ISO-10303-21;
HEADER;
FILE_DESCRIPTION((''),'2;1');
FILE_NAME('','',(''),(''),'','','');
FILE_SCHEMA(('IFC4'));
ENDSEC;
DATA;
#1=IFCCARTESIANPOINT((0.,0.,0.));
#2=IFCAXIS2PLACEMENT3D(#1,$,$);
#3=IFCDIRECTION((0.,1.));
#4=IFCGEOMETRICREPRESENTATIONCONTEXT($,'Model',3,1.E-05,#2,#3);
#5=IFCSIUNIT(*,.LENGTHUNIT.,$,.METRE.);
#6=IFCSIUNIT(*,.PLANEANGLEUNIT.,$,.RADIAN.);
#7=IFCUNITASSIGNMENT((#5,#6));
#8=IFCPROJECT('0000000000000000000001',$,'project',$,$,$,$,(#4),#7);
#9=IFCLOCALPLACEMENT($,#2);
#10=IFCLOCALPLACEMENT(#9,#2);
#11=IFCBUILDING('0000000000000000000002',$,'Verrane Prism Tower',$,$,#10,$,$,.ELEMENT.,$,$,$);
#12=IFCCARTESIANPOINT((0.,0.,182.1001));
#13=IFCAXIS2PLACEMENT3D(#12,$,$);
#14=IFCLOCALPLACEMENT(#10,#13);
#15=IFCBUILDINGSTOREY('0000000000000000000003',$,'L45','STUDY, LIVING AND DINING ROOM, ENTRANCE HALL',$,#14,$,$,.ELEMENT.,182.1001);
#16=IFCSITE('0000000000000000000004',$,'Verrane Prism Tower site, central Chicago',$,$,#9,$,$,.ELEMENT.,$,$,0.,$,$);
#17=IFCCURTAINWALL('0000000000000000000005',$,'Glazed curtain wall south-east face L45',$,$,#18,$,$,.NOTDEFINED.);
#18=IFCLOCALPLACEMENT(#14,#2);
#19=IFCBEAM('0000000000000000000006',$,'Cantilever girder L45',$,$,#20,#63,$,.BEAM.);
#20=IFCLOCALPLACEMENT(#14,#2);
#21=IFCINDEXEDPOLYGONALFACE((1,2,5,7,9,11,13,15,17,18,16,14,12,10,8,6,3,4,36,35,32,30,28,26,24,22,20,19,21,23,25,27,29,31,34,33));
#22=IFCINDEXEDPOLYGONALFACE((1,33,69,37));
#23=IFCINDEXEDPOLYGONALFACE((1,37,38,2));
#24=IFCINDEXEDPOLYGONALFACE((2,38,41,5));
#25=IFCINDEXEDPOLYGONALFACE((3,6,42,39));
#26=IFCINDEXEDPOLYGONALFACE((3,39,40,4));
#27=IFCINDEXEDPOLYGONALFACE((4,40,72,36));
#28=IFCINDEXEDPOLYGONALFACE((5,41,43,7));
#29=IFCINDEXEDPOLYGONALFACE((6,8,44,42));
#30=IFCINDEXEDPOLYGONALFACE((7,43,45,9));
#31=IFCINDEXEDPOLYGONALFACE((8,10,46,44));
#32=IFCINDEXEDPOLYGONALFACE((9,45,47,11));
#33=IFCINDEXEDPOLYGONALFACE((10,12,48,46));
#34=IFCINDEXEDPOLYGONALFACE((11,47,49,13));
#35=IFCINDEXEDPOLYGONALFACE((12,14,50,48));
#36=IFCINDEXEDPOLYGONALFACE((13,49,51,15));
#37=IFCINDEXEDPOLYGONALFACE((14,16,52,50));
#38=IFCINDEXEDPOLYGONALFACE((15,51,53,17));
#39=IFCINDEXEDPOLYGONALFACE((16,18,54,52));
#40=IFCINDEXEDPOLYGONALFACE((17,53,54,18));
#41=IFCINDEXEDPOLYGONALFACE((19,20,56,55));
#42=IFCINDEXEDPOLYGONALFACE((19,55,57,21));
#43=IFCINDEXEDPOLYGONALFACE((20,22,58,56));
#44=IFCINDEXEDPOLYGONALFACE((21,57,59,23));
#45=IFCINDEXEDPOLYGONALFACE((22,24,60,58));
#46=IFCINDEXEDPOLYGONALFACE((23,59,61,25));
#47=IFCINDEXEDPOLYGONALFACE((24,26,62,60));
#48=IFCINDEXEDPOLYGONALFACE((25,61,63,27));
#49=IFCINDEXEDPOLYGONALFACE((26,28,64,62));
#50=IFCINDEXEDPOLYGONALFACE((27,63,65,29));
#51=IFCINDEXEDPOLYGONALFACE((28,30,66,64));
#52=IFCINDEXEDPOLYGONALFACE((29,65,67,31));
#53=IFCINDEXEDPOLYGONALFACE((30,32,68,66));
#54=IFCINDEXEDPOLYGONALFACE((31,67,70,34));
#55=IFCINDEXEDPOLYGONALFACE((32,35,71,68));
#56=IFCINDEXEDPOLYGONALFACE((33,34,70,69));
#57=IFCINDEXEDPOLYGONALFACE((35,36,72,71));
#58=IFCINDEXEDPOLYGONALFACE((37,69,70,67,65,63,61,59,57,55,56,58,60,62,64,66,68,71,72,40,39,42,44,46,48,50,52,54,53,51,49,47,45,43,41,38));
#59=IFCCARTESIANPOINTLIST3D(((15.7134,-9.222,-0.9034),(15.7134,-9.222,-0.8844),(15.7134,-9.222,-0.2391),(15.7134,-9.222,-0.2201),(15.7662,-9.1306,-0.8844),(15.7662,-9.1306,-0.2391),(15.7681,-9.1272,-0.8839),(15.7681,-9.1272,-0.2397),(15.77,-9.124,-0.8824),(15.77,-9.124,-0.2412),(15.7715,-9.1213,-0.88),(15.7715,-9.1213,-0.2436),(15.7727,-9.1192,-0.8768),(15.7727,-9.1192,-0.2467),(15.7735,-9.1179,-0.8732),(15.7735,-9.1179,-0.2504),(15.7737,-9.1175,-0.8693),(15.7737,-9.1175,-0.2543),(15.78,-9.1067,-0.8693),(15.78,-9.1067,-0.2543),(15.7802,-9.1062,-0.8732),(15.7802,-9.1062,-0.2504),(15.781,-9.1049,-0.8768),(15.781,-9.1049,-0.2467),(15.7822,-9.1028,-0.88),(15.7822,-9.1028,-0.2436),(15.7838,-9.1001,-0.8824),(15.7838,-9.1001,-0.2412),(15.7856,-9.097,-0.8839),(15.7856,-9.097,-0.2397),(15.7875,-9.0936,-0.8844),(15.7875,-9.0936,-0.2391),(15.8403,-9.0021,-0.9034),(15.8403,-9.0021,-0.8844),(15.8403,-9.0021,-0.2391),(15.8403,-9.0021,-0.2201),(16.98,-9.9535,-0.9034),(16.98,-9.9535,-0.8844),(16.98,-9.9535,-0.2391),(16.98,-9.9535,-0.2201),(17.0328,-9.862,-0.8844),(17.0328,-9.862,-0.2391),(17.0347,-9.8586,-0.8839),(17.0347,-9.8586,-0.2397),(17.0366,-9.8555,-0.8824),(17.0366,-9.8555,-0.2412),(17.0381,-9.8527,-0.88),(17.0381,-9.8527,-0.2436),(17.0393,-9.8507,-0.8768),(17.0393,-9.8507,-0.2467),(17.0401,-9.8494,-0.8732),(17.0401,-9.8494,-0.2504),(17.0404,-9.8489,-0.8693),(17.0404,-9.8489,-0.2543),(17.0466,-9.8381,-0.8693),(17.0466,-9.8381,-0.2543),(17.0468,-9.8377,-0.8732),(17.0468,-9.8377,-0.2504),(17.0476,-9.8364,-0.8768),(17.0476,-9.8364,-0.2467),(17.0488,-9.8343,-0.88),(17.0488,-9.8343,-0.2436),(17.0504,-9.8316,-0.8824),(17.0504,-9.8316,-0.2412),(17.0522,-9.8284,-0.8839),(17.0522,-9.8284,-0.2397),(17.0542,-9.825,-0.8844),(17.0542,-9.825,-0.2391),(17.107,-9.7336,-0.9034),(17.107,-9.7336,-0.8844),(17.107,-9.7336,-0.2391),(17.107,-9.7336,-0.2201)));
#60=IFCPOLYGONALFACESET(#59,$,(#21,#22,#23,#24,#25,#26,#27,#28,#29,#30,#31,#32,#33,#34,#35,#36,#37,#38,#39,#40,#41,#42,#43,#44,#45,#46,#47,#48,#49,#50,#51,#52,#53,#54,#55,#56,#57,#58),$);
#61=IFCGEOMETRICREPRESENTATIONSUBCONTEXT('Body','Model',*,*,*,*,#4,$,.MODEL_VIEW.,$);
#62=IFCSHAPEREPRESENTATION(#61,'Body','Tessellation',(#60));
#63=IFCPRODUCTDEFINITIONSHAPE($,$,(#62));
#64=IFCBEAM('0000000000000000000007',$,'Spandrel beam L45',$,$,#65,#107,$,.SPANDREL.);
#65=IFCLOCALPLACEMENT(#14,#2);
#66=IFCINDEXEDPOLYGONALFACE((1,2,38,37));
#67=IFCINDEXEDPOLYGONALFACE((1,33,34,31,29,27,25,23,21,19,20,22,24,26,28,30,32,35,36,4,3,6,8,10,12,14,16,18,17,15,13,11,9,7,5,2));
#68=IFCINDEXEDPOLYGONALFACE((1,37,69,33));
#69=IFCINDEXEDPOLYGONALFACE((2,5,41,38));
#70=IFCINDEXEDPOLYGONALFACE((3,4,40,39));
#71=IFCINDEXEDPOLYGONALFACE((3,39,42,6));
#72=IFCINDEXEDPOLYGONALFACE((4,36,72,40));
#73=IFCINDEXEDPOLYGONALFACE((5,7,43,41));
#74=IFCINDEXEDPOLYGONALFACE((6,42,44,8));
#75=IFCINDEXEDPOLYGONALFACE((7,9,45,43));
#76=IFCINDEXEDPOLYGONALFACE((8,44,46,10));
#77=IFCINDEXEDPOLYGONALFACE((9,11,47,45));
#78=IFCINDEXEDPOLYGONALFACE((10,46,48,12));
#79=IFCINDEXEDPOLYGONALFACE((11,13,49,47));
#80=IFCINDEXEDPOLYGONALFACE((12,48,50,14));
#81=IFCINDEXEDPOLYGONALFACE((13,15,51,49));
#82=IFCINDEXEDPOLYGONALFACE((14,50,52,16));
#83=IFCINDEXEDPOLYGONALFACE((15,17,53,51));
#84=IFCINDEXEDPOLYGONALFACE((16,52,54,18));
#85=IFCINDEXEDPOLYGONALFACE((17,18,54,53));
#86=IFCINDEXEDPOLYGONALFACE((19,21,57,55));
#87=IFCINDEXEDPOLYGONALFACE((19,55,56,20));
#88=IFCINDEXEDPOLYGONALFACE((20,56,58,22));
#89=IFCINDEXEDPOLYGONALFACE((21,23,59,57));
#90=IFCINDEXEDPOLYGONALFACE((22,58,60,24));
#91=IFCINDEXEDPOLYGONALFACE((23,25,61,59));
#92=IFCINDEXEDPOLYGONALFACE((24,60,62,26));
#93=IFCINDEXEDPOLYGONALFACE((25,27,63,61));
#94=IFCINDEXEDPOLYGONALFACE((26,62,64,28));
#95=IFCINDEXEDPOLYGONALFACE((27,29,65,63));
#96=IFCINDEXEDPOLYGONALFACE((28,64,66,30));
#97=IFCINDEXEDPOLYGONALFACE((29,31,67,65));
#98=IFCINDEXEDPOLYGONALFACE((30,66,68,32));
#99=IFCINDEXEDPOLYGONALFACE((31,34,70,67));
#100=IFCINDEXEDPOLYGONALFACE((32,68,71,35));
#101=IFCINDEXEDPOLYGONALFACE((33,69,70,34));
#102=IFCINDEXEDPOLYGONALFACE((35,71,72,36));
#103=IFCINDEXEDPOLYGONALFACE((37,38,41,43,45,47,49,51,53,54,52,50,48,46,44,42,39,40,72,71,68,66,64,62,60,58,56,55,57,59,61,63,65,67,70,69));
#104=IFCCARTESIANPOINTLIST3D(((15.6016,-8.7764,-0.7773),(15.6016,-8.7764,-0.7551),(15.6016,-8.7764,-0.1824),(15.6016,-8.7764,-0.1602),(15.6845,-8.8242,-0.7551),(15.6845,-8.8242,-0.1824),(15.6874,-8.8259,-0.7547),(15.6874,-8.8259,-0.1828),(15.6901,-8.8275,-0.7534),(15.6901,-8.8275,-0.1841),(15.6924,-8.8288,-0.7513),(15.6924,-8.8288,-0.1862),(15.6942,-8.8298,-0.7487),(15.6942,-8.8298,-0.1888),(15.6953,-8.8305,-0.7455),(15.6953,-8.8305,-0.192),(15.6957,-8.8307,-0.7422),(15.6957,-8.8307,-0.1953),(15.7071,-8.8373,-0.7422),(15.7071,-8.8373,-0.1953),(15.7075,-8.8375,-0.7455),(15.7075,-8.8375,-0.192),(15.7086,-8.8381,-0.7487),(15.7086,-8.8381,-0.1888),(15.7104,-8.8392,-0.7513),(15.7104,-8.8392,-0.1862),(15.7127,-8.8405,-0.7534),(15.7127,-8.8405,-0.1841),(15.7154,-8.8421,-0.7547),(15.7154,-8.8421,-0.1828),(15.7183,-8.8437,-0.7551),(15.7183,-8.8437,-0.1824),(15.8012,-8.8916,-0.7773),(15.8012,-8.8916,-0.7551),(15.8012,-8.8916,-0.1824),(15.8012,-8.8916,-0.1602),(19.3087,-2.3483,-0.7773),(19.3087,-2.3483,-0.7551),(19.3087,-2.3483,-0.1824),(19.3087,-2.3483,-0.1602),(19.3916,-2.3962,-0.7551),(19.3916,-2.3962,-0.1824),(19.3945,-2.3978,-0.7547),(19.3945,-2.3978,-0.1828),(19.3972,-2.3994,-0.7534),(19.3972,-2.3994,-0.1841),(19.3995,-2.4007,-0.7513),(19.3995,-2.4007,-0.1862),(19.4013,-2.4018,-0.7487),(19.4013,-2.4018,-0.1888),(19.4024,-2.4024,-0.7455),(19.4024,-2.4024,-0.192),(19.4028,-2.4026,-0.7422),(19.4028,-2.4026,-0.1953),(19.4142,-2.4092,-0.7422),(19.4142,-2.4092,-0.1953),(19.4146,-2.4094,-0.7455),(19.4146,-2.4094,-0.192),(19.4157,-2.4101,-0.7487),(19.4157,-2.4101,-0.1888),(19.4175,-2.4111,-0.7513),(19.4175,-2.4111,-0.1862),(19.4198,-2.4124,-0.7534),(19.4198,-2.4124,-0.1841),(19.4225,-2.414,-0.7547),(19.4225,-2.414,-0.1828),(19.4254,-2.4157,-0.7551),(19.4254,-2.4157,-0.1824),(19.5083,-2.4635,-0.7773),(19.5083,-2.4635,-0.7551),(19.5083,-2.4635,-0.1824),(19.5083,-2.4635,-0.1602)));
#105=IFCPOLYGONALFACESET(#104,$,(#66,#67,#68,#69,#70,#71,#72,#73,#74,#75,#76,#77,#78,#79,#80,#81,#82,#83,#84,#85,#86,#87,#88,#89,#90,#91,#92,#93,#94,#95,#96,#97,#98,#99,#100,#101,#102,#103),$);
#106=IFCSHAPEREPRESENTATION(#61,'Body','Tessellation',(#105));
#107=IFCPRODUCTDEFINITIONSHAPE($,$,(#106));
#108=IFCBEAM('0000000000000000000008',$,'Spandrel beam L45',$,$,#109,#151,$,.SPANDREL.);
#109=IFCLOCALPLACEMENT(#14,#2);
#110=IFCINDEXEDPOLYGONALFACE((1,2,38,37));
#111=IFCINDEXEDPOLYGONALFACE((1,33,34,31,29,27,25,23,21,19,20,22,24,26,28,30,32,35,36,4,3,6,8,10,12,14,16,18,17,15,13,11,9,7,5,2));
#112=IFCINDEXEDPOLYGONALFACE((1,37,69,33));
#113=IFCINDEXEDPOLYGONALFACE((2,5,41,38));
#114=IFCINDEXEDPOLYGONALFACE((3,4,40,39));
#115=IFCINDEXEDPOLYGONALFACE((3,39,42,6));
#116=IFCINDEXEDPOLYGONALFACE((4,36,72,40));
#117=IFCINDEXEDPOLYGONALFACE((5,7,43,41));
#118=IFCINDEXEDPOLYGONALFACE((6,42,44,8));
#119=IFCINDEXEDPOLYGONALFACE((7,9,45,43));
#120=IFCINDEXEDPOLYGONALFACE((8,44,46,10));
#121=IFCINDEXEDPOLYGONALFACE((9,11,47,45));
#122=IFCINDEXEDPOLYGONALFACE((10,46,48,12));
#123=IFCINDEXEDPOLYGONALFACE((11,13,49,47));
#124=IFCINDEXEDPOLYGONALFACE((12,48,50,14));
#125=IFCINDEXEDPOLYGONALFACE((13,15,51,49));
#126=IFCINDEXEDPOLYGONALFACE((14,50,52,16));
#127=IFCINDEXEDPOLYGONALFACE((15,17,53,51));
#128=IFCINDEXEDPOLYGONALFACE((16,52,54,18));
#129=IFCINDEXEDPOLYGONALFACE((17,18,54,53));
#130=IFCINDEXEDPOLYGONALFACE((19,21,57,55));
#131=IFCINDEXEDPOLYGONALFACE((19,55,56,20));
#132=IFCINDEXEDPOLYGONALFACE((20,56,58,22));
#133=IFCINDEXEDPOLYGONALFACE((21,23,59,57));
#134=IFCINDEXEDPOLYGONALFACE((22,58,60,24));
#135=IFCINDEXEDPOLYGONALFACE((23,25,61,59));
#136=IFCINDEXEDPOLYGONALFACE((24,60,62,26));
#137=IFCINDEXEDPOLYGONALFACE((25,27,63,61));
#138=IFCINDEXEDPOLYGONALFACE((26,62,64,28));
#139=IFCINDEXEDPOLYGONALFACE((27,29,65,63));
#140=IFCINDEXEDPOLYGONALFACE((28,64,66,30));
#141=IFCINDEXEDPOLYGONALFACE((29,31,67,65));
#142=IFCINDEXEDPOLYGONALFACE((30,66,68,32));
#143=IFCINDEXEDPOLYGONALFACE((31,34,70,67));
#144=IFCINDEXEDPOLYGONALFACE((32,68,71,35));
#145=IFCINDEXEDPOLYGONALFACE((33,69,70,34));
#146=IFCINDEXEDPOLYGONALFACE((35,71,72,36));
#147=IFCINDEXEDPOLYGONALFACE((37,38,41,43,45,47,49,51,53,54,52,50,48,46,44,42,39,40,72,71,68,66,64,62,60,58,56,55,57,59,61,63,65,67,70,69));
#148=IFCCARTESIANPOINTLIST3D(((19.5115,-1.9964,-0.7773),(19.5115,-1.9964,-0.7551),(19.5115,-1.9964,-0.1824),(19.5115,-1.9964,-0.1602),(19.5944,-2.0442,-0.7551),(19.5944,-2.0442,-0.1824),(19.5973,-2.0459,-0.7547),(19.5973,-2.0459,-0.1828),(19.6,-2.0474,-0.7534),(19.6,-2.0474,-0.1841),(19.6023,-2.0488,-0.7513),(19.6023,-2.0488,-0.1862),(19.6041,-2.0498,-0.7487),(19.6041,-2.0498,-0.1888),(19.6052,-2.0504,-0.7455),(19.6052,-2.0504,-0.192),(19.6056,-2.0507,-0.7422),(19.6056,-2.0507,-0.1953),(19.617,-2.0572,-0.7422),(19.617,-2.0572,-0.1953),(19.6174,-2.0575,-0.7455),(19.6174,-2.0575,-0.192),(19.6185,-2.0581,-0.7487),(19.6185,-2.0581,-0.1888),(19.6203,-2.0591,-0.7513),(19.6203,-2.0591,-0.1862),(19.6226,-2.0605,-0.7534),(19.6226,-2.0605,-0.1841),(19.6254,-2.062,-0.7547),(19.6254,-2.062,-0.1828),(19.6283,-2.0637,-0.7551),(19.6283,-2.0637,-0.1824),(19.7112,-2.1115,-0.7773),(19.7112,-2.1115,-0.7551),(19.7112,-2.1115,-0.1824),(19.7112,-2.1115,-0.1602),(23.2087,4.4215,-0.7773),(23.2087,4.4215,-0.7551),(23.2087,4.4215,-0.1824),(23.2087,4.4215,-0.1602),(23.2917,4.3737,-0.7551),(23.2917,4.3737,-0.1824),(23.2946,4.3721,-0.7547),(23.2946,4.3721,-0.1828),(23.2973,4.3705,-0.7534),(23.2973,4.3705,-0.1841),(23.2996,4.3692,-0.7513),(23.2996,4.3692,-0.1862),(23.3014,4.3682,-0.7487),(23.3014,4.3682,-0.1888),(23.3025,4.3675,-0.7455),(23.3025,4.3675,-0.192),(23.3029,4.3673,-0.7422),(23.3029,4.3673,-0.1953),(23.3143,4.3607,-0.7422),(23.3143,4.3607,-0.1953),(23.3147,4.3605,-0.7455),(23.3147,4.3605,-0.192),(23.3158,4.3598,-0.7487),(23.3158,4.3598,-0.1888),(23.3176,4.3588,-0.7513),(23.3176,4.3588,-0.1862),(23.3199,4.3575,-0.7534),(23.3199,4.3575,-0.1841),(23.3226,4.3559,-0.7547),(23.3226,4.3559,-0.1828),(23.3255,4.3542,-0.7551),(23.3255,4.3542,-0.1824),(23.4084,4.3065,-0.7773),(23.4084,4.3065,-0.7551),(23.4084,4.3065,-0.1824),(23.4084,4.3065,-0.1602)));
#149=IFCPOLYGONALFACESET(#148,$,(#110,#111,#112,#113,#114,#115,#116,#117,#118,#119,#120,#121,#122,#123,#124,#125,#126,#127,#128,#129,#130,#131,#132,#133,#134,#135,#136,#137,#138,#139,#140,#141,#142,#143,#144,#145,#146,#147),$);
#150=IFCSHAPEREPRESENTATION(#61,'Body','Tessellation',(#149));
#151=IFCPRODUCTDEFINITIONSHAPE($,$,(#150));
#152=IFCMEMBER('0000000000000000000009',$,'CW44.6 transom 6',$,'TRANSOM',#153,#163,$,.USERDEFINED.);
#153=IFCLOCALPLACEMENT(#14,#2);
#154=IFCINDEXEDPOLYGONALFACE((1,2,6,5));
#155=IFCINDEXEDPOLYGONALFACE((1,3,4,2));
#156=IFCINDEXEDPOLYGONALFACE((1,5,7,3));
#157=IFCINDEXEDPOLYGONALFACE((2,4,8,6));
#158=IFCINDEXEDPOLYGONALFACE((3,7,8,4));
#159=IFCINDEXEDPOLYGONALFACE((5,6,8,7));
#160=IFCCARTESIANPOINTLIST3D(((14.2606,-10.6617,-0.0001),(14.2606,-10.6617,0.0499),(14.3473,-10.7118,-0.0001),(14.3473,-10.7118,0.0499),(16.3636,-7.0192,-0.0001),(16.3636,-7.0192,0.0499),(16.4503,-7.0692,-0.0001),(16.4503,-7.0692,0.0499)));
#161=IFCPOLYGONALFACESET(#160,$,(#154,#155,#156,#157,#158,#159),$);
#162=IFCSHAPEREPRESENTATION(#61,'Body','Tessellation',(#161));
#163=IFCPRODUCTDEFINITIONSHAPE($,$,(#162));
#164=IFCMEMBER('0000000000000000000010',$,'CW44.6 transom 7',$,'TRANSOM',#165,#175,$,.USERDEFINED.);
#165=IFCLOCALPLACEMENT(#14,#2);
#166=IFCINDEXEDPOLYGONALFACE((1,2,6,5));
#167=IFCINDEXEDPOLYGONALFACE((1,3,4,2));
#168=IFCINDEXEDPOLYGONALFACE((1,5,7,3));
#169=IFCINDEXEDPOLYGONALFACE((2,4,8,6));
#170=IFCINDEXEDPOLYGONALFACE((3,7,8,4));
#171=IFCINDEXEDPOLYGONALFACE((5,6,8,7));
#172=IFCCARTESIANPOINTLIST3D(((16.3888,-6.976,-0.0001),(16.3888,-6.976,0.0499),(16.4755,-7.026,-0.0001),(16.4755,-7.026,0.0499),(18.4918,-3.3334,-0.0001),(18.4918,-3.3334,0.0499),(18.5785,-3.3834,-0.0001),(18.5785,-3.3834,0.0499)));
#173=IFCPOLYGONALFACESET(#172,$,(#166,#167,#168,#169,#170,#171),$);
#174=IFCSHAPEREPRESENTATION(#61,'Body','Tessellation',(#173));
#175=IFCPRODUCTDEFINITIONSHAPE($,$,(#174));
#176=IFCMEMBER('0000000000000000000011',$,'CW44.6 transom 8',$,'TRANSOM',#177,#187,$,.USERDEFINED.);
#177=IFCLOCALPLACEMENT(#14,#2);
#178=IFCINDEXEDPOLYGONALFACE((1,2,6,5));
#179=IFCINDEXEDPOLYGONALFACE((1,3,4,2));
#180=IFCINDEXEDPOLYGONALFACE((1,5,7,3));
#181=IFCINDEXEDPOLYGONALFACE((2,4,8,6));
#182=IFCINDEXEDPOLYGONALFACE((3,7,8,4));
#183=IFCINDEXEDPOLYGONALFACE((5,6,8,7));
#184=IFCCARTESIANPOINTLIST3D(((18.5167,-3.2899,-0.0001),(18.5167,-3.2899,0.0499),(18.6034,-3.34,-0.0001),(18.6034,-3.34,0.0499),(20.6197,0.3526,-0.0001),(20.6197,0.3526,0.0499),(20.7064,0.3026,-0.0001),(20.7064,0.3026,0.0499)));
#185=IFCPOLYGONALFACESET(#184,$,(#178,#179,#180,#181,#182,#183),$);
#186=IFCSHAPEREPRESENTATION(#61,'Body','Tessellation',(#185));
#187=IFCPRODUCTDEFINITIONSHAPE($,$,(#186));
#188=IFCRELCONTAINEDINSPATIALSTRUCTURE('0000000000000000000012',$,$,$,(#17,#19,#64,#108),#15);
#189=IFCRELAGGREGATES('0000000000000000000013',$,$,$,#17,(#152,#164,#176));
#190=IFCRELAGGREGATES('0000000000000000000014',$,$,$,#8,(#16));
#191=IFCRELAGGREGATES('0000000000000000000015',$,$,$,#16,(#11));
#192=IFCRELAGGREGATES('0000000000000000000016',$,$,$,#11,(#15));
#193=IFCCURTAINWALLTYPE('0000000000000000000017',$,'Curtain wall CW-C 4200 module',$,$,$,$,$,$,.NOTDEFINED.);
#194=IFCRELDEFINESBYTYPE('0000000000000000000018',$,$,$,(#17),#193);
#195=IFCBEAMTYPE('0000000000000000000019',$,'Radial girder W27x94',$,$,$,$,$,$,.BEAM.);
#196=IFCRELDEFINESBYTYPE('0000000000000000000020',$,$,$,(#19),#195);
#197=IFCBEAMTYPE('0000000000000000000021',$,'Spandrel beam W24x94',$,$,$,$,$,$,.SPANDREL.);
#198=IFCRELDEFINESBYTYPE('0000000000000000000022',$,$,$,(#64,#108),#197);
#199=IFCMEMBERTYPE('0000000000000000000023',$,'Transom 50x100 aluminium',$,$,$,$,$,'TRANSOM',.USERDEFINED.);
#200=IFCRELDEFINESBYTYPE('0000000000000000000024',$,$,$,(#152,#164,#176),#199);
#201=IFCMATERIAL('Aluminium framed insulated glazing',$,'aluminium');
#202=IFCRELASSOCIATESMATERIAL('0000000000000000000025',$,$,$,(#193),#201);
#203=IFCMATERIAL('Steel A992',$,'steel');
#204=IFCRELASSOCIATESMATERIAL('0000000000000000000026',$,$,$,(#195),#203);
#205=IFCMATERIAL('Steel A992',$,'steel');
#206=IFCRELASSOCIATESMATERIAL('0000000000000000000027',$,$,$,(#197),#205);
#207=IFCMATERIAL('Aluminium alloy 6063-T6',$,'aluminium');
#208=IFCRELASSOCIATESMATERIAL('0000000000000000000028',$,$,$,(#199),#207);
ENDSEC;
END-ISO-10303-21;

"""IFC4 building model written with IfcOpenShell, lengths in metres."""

from ifc_helpers import new_model, si_unit, direction, frame, origin, origin_2d, place, context, subcontext, project, spatial, rectangle, i_section, extrude, material, material_profile, profile_set, type_object, element, aggregate, save


model = new_model("IFC4")

# Units and contexts
model_context = context("Model", 3, precision=1e-05, world=origin(), true_north=direction((0.0, 1.0)))
body_context = subcontext(model_context, "Body", "Model", "MODEL_VIEW")
ifc_project = project(units=[si_unit("LENGTHUNIT", "METRE"), si_unit("PLANEANGLEUNIT", "RADIAN")], contexts=[model_context])

# Site, building, storey
site_placement = place(None, origin())
site = spatial("IfcSite", under=ifc_project, at=site_placement, Name="Verrane Prism Tower site, central Chicago", CompositionType="ELEMENT", RefElevation=0.0)
building_placement = place(site_placement, origin())
building = spatial("IfcBuilding", under=site, at=building_placement, Name="Verrane Prism Tower", CompositionType="ELEMENT")
storey_placement = place(building_placement, frame((0.0, 0.0, 182.1001)))
storey = spatial("IfcBuildingStorey", under=building, at=storey_placement, Name="L45", Description="STUDY, LIVING AND DINING ROOM, ENTRANCE HALL", CompositionType="ELEMENT", Elevation=182.1001)

# Curtain wall
ifc_material_1 = material(Name="Aluminium framed insulated glazing", Category="aluminium")
curtain_wall_type = type_object("IfcCurtainWallType", Name="Curtain wall CW-C 4200 module", PredefinedType="NOTDEFINED", material=ifc_material_1)
curtain_wall_placement = place(storey_placement, origin())
curtain_wall = element("IfcCurtainWall", 1, at=curtain_wall_placement, inside=storey, type_object=curtain_wall_type, Name="Glazed curtain wall south-east face L45", PredefinedType="NOTDEFINED")

# Beams
ifc_material_2 = material(Name="Steel A992", Category="steel")
ifc_material_profile_1 = material_profile(ifc_material_2, i_section(OverallWidth=0.2539, OverallDepth=0.6833, WebThickness=0.0125, FlangeThickness=0.019, FilletRadius=0.0151, at=origin_2d()), Name="W27x94")
ifc_profile_set_1 = profile_set([ifc_material_profile_1], Name="Steel A992")
beam_type_1 = type_object("IfcBeamType", Name="Radial girder W27x94", PredefinedType="BEAM", material=ifc_profile_set_1)
beam_1_placement = place(storey_placement, frame((15.7769, -9.1121, -0.5618), z_axis=(0.865974, -0.500088, 0.0), x_axis=(0.500088, 0.865974, 0.0)))
element("IfcBeam", 2, at=beam_1_placement, inside=storey, type_object=beam_type_1, Name="Cantilever girder L45", PredefinedType="BEAM", context=body_context, shape_type="SweptSolid", body=[
    extrude(i_section(OverallWidth=0.2539, OverallDepth=0.6833, WebThickness=0.0125, FlangeThickness=0.019, FilletRadius=0.0151, at=origin_2d()), origin(), (0.0, 0.0, 1.0), 1.4626),
])
ifc_material_3 = material(Name="Steel A992", Category="steel")
ifc_material_profile_2 = material_profile(ifc_material_3, i_section(OverallWidth=0.2305, OverallDepth=0.6172, WebThickness=0.0132, FlangeThickness=0.0222, FilletRadius=0.0129, at=origin_2d()), Name="W24x94")
ifc_profile_set_2 = profile_set([ifc_material_profile_2], Name="Steel A992")
beam_type_2 = type_object("IfcBeamType", Name="Spandrel beam W24x94", PredefinedType="SPANDREL", material=ifc_profile_set_2)
beam_2_placement = place(storey_placement, frame((15.7014, -8.834, -0.4688), z_axis=(0.499579, 0.866268, 0.0), x_axis=(-0.866268, 0.499579, 0.0)))
element("IfcBeam", 3, at=beam_2_placement, inside=storey, type_object=beam_type_2, Name="Spandrel beam L45", PredefinedType="SPANDREL", context=body_context, shape_type="SweptSolid", body=[
    extrude(i_section(OverallWidth=0.2305, OverallDepth=0.6172, WebThickness=0.0132, FlangeThickness=0.0222, FilletRadius=0.0129, at=origin_2d()), origin(), (0.0, 0.0, 1.0), 7.4204),
])
beam_3_placement = place(storey_placement, frame((19.6113, -2.054, -0.4688), z_axis=(0.499174, 0.866501, 0.0), x_axis=(-0.866501, 0.499174, 0.0)))
element("IfcBeam", 4, at=beam_3_placement, inside=storey, type_object=beam_type_2, Name="Spandrel beam L45", PredefinedType="SPANDREL", context=body_context, shape_type="SweptSolid", body=[
    extrude(i_section(OverallWidth=0.2305, OverallDepth=0.6172, WebThickness=0.0132, FlangeThickness=0.0222, FilletRadius=0.0129, at=origin_2d()), origin(), (0.0, 0.0, 1.0), 7.4067),
])

# Members
ifc_material_4 = material(Name="Aluminium alloy 6063-T6", Category="aluminium")
ifc_material_profile_3 = material_profile(ifc_material_4, rectangle(XDim=0.1001, YDim=0.05, at=origin_2d()), Name="Transom 50x100 aluminium")
ifc_profile_set_3 = profile_set([ifc_material_profile_3], Name="Aluminium alloy 6063-T6")
member_type_1 = type_object("IfcMemberType", Name="Transom 50x100 aluminium", ElementType="TRANSOM", PredefinedType="USERDEFINED", material=ifc_profile_set_3)
member_1_placement = place(storey_placement, frame((14.304, -10.6868, 0.0249), z_axis=(0.499997, 0.866027, 0.0), x_axis=(-0.866027, 0.499997, 0.0)))
member_1 = element("IfcMember", 5, at=member_1_placement, type_object=member_type_1, Name="CW44.6 transom 6", ObjectType="TRANSOM", PredefinedType="USERDEFINED", context=body_context, shape_type="SweptSolid", body=[
    extrude(rectangle(XDim=0.1001, YDim=0.05, at=origin_2d()), origin(), (0.0, 0.0, 1.0), 4.2061),
])
member_2_placement = place(storey_placement, frame((16.4321, -7.001, 0.0249), z_axis=(0.499997, 0.866027, 0.0), x_axis=(-0.866027, 0.499997, 0.0)))
member_2 = element("IfcMember", 6, at=member_2_placement, type_object=member_type_1, Name="CW44.6 transom 7", ObjectType="TRANSOM", PredefinedType="USERDEFINED", context=body_context, shape_type="SweptSolid", body=[
    extrude(rectangle(XDim=0.1001, YDim=0.05, at=origin_2d()), origin(), (0.0, 0.0, 1.0), 4.2061),
])
member_3_placement = place(storey_placement, frame((18.5601, -3.3149, 0.0249), z_axis=(0.499997, 0.866027, 0.0), x_axis=(-0.866027, 0.499997, 0.0)))
member_3 = element("IfcMember", 7, at=member_3_placement, type_object=member_type_1, Name="CW44.6 transom 8", ObjectType="TRANSOM", PredefinedType="USERDEFINED", context=body_context, shape_type="SweptSolid", body=[
    extrude(rectangle(XDim=0.1001, YDim=0.05, at=origin_2d()), origin(), (0.0, 0.0, 1.0), 4.2061),
])

aggregate(curtain_wall, [member_1, member_2, member_3])

save(model, "model.ifc")
